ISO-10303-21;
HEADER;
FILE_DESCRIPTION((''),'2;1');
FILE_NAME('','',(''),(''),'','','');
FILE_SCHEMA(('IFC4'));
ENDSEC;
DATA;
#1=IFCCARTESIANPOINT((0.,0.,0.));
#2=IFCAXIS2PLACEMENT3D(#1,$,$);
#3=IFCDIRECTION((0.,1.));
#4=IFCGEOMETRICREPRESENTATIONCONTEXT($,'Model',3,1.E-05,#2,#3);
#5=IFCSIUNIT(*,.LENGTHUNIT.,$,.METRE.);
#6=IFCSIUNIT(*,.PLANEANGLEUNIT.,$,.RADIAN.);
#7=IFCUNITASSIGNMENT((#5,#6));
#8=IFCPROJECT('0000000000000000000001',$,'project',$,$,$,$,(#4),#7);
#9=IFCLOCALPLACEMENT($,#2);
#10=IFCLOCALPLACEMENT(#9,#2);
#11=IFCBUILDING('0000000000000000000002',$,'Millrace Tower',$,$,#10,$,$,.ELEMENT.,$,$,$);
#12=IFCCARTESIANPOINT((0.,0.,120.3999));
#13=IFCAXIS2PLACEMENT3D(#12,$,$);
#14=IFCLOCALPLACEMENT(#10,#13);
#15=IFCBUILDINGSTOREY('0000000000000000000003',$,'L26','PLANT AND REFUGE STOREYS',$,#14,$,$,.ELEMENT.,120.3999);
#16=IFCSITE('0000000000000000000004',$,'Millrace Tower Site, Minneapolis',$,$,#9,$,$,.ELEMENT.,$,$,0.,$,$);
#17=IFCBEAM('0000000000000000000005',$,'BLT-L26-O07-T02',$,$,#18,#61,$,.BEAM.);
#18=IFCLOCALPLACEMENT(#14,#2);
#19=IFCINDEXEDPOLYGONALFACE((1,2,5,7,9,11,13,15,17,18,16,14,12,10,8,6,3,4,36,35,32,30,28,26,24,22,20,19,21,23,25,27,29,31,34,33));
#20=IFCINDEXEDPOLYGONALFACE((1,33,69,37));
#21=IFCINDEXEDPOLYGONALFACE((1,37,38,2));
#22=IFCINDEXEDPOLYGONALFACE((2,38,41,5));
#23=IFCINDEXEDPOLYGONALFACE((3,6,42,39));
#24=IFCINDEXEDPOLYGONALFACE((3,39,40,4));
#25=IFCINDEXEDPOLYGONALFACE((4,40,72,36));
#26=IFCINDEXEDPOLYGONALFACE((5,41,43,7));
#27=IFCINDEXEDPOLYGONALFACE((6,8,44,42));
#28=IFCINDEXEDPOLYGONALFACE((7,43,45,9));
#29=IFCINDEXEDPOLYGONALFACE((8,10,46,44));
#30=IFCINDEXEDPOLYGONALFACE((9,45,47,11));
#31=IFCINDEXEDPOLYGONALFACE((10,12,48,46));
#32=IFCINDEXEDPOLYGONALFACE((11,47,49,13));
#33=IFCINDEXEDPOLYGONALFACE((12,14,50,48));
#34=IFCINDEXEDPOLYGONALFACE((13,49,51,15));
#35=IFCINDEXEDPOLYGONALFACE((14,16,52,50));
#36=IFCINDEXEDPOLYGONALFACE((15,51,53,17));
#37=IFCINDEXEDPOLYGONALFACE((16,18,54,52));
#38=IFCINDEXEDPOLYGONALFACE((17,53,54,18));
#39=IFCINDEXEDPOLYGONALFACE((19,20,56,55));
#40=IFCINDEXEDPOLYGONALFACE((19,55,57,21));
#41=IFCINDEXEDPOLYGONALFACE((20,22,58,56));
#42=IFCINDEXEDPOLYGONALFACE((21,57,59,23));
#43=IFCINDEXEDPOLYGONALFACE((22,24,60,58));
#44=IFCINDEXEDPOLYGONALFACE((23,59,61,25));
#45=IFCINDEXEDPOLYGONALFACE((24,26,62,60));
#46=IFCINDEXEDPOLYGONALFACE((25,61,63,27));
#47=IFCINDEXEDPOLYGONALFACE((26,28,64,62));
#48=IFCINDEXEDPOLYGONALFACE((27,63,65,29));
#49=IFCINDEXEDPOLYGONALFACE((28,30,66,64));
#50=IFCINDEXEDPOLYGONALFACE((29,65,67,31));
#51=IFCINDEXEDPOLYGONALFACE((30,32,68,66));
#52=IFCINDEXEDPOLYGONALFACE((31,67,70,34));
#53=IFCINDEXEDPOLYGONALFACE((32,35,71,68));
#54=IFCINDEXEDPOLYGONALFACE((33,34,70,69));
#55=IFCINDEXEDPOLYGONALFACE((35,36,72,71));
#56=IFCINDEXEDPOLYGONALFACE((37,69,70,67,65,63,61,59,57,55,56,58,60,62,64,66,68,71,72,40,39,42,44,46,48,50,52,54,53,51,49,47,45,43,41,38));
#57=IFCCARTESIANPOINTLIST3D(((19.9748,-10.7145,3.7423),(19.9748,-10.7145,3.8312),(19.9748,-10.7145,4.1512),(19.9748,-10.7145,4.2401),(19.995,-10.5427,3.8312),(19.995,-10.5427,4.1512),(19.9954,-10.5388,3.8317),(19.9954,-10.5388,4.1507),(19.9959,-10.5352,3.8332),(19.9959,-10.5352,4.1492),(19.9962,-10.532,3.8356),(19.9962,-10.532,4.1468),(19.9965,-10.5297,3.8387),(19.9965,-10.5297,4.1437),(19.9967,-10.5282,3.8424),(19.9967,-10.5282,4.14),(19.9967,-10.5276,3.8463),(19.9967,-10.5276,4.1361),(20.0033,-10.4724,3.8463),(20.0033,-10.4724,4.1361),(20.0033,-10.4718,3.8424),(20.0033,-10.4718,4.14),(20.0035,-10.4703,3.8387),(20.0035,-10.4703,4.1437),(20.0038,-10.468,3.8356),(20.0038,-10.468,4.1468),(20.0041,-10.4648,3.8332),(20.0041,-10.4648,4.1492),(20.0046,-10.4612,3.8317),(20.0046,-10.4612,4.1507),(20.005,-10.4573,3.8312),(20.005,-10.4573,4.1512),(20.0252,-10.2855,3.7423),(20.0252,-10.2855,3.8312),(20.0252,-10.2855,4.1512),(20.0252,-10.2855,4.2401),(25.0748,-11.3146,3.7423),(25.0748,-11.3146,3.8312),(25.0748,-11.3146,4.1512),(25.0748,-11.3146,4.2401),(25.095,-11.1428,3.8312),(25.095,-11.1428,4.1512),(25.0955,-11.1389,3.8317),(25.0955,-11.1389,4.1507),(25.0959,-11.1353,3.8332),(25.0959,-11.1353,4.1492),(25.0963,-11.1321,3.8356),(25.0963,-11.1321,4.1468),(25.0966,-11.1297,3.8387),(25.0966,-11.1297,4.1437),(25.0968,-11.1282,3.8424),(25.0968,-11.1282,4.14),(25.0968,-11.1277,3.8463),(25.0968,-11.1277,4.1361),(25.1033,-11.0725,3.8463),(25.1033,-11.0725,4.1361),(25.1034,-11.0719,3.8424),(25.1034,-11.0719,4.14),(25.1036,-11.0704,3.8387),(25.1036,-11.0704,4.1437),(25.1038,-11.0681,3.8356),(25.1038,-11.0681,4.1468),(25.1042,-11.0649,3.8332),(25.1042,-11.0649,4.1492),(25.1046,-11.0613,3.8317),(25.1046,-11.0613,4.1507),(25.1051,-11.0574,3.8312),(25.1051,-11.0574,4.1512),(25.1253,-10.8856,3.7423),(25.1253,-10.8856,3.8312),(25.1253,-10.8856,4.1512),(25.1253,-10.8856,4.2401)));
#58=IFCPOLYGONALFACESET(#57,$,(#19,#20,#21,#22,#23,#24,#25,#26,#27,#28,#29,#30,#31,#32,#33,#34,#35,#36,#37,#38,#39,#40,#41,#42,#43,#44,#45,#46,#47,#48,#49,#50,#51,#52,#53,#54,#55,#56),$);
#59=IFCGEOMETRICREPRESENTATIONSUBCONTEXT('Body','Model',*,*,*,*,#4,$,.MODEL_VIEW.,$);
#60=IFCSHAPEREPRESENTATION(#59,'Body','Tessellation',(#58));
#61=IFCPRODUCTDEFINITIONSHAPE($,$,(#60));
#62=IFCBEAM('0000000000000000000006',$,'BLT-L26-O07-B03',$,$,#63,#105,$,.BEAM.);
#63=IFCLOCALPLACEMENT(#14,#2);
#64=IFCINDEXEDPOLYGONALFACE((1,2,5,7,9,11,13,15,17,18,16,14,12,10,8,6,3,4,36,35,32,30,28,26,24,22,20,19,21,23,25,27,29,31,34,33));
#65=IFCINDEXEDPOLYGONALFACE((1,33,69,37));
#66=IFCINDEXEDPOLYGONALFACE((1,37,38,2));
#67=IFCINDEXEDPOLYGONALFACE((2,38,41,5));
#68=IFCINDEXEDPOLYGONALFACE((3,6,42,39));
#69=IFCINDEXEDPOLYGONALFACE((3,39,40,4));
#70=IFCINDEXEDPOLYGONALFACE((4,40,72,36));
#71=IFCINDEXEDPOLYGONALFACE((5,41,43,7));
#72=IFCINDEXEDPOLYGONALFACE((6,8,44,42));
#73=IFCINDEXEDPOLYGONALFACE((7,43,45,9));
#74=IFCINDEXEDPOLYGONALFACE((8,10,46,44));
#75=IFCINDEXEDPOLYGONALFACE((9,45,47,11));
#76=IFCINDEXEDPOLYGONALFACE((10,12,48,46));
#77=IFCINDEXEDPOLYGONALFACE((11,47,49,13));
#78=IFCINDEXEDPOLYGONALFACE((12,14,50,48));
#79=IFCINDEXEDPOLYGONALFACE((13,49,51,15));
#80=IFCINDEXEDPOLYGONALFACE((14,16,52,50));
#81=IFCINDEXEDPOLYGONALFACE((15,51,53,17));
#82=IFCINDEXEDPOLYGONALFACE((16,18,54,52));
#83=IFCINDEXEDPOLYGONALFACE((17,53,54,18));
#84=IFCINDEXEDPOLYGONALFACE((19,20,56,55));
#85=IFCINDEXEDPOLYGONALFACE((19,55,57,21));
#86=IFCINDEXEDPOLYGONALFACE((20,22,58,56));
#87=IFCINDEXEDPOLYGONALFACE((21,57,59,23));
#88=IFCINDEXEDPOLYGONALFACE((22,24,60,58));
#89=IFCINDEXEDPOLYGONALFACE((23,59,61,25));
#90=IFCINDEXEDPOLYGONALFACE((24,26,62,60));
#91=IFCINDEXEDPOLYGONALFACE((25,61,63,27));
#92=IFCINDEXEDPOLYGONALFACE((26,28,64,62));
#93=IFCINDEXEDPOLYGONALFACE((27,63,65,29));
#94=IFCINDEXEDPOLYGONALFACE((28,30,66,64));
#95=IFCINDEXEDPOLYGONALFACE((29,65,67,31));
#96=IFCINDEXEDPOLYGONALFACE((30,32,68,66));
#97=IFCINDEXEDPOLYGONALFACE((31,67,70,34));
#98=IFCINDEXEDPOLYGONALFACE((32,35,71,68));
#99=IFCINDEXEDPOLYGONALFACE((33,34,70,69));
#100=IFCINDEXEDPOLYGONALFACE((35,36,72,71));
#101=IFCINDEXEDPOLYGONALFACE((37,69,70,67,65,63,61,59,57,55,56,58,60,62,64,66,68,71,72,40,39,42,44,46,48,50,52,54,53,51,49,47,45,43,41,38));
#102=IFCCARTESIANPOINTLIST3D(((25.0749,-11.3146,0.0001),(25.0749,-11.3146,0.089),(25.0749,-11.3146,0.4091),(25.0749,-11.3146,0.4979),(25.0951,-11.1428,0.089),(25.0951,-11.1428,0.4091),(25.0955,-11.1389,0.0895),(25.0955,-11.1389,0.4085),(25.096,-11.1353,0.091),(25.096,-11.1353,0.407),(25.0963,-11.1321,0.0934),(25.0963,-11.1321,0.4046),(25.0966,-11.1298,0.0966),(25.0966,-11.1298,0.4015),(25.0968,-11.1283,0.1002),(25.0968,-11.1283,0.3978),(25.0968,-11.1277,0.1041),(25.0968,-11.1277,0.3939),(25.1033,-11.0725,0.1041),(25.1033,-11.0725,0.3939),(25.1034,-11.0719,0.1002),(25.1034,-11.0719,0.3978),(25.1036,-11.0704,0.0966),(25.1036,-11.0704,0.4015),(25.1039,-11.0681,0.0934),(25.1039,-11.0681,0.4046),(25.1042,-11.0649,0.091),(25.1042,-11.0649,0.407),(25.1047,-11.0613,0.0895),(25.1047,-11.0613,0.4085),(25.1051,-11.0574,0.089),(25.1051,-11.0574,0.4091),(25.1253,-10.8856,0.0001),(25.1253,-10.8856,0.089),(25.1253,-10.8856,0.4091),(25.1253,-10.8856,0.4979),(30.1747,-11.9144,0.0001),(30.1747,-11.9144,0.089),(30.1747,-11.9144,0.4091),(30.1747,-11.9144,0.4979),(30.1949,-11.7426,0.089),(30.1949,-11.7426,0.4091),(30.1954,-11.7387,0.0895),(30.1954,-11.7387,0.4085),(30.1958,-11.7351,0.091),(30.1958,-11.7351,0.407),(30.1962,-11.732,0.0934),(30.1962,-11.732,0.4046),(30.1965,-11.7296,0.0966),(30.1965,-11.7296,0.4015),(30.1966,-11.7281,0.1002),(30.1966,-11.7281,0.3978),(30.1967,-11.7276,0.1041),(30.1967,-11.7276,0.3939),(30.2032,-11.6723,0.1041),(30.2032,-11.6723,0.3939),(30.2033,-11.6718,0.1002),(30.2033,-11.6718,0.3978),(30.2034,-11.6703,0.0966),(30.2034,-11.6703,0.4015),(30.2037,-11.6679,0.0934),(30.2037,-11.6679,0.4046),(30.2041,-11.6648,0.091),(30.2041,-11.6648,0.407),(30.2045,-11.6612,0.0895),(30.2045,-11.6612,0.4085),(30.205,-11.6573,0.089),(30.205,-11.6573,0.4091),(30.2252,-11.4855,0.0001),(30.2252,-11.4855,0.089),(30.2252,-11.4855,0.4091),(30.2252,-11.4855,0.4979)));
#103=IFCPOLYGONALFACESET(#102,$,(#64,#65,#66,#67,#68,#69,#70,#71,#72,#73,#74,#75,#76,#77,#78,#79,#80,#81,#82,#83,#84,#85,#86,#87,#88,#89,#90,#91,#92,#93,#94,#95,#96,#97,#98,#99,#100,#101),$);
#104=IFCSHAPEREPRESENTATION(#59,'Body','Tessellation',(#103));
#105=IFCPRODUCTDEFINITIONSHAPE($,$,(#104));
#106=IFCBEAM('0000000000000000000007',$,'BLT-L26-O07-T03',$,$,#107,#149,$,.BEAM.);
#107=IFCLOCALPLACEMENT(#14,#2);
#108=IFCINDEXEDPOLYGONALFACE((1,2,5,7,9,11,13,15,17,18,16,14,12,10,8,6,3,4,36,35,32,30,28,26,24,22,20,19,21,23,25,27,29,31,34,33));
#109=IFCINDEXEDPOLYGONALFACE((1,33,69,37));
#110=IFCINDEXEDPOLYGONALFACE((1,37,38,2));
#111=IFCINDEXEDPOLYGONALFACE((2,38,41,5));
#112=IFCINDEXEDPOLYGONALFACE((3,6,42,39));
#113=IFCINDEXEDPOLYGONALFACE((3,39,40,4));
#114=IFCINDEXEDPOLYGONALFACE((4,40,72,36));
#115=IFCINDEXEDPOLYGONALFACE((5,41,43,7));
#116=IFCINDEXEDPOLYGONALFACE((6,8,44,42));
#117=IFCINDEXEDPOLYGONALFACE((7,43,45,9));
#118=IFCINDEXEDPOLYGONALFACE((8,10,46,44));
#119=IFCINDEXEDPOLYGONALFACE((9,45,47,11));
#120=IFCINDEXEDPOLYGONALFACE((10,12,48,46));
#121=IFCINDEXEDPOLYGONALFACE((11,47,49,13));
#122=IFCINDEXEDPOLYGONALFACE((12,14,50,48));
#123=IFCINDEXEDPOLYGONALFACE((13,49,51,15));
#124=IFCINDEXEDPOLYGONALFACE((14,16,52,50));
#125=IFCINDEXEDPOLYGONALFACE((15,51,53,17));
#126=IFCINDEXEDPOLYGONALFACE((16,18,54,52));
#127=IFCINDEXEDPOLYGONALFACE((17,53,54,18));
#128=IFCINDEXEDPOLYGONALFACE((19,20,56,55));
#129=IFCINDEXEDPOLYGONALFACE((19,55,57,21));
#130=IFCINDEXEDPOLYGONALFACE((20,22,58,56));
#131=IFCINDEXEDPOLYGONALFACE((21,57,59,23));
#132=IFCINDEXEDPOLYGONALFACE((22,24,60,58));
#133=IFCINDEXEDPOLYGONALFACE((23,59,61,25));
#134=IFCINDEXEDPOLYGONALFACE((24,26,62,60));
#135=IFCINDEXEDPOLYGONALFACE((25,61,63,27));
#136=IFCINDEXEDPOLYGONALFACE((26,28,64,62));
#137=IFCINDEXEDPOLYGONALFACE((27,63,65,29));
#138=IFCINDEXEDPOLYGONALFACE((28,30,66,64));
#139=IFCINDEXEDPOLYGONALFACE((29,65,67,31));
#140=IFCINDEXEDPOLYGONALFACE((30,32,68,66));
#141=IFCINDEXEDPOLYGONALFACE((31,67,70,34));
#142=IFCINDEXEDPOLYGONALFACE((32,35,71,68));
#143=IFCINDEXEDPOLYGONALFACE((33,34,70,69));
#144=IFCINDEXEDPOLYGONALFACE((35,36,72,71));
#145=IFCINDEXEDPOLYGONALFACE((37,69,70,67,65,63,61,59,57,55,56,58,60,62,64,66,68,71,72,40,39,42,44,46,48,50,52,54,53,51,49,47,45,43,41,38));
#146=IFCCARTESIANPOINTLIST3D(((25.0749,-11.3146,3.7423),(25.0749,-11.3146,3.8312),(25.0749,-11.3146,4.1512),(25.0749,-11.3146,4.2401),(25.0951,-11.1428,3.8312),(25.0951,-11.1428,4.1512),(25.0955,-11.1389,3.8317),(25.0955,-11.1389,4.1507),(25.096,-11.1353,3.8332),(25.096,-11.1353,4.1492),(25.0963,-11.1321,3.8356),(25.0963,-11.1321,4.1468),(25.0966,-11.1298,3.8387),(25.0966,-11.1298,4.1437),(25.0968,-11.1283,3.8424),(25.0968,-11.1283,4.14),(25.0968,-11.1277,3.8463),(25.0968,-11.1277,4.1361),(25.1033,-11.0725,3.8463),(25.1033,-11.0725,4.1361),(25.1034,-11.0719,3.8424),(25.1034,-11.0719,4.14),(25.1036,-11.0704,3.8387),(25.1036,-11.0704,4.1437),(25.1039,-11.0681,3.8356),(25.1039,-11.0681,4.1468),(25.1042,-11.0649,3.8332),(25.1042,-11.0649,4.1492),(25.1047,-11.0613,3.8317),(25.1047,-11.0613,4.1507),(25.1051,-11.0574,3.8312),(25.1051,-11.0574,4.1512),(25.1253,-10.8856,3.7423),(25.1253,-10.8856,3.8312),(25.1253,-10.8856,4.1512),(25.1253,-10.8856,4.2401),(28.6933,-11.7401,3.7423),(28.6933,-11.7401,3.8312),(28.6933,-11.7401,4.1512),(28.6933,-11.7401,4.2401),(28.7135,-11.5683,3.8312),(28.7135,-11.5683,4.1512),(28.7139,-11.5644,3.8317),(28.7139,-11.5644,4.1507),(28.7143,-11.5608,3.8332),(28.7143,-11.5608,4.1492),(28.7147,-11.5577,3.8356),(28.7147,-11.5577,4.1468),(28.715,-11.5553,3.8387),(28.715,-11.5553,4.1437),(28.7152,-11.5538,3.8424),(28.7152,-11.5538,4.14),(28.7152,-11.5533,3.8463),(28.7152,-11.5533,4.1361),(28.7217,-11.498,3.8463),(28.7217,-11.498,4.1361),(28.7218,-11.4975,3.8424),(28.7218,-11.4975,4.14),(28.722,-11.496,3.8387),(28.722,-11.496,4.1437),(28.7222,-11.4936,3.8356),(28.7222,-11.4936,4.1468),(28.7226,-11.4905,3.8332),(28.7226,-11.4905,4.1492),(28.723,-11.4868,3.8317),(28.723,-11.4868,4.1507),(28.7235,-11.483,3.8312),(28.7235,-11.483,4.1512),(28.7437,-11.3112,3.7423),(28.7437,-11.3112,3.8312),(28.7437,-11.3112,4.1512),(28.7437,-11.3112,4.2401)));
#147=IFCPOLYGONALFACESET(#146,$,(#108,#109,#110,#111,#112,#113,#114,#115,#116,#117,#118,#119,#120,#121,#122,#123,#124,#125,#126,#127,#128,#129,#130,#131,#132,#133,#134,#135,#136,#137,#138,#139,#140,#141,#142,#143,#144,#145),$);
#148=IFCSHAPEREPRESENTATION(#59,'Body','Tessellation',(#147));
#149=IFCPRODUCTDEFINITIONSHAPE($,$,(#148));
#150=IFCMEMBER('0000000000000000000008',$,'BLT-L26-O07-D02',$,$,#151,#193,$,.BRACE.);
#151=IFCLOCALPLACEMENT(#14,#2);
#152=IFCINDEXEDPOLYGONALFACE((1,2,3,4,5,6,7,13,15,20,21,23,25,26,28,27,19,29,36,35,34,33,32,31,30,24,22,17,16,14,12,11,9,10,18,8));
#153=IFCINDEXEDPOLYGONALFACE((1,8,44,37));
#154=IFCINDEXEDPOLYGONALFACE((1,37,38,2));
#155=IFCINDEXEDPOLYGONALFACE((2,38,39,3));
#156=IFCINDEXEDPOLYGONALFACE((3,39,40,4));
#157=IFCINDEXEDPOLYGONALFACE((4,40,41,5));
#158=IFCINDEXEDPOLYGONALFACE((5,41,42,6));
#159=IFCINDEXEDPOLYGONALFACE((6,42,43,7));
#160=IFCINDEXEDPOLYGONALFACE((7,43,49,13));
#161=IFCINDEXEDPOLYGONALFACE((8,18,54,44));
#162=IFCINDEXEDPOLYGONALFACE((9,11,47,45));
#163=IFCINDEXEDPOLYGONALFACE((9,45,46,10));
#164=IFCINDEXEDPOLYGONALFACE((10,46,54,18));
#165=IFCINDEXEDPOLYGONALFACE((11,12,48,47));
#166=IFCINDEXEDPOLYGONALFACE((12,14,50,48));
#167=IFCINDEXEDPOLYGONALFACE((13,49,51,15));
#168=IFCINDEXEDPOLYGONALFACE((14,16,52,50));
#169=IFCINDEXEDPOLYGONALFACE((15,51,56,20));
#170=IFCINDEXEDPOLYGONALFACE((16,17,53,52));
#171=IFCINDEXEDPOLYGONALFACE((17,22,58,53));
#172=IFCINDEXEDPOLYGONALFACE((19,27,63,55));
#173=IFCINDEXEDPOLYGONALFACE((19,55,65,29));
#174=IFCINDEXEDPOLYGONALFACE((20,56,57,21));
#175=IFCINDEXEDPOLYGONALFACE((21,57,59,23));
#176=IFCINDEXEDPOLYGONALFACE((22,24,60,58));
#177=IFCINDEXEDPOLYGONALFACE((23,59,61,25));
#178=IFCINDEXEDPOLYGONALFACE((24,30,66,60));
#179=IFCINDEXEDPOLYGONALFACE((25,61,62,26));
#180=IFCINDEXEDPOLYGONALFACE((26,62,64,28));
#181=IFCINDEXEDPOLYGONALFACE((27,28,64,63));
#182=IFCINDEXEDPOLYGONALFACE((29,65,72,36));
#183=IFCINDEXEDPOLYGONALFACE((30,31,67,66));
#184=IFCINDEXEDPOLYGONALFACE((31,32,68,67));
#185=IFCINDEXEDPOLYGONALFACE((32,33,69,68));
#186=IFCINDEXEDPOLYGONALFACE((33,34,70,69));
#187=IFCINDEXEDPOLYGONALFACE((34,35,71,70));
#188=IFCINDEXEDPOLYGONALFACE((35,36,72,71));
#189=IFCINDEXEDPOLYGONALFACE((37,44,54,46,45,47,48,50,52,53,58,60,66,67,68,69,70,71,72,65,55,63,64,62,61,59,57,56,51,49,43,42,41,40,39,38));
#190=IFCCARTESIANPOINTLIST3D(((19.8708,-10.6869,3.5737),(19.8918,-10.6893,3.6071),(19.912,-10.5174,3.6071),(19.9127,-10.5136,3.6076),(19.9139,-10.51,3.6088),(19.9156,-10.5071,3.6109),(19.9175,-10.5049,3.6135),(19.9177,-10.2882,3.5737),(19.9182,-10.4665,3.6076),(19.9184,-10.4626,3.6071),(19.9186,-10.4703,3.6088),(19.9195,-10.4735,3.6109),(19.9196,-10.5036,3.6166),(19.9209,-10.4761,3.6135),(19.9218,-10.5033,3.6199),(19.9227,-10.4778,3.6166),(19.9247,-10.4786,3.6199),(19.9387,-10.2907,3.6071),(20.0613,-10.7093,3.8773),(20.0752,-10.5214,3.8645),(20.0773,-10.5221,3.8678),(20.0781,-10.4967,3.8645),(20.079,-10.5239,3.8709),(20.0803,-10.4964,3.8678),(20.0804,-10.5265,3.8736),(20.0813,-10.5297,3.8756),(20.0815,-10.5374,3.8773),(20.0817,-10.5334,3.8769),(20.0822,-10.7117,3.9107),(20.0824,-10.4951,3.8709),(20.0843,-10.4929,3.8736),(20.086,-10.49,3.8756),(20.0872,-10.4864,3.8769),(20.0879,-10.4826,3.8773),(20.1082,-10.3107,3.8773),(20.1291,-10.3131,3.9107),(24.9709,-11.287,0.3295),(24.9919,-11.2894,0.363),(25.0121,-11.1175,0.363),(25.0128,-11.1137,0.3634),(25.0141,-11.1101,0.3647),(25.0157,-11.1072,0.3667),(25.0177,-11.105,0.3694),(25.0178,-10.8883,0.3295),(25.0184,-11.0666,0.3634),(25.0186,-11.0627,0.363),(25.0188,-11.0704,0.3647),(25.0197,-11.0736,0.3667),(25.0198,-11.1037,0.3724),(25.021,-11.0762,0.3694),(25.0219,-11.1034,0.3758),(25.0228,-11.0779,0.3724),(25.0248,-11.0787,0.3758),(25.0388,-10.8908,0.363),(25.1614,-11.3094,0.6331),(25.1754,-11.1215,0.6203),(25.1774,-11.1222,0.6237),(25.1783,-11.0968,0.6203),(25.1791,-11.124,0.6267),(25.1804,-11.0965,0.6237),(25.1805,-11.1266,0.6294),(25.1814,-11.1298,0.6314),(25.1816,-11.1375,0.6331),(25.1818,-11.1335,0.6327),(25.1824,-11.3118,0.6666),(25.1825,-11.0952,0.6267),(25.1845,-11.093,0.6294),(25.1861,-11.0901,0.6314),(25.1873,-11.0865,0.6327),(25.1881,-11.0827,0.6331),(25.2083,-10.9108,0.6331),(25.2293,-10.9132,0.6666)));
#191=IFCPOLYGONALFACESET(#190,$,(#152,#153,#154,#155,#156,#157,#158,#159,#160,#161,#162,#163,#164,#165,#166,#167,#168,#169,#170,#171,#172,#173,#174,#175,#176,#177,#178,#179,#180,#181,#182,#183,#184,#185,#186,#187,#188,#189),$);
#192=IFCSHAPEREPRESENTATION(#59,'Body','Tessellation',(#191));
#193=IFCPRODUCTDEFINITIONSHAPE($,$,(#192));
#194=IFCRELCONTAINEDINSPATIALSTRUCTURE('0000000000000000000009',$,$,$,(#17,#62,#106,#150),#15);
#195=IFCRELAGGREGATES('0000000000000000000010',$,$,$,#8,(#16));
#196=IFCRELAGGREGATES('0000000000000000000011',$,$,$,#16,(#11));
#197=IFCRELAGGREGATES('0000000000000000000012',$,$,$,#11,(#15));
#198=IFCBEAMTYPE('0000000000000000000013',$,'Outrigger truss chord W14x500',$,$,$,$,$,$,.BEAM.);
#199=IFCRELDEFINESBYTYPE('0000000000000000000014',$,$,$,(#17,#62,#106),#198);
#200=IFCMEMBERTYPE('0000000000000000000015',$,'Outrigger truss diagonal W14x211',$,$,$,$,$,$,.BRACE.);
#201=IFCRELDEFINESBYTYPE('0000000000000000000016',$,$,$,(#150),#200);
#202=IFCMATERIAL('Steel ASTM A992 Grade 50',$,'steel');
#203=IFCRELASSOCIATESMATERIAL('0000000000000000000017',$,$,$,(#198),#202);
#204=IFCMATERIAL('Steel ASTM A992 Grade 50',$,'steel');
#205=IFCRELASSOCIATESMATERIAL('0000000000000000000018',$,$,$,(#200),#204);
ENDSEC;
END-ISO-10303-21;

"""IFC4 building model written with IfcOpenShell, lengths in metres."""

from ifc_helpers import new_model, si_unit, direction, frame, origin, origin_2d, place, context, subcontext, project, spatial, i_section, extrude, material, material_profile, profile_set, type_object, element, save


model = new_model("IFC4")

# Units and contexts
model_context = context("Model", 3, precision=1e-05, world=origin(), true_north=direction((0.0, 1.0)))
body_context = subcontext(model_context, "Body", "Model", "MODEL_VIEW")
ifc_project = project(units=[si_unit("LENGTHUNIT", "METRE"), si_unit("PLANEANGLEUNIT", "RADIAN")], contexts=[model_context])

# Site, building, storey
site_placement = place(None, origin())
site = spatial("IfcSite", under=ifc_project, at=site_placement, Name="Millrace Tower Site, Minneapolis", CompositionType="ELEMENT", RefElevation=0.0)
building_placement = place(site_placement, origin())
building = spatial("IfcBuilding", under=site, at=building_placement, Name="Millrace Tower", CompositionType="ELEMENT")
storey_placement = place(building_placement, frame((0.0, 0.0, 120.3999)))
storey = spatial("IfcBuildingStorey", under=building, at=storey_placement, Name="L26", Description="PLANT AND REFUGE STOREYS", CompositionType="ELEMENT", Elevation=120.3999)

# Beams
ifc_material_1 = material(Name="Steel ASTM A992 Grade 50", Category="steel")
ifc_material_profile_1 = material_profile(ifc_material_1, i_section(OverallWidth=0.4319, OverallDepth=0.4978, WebThickness=0.0557, FlangeThickness=0.0889, FilletRadius=0.0151, at=origin_2d()))
ifc_profile_set_1 = profile_set([ifc_material_profile_1], Name="Steel ASTM A992 Grade 50")
beam_type_1 = type_object("IfcBeamType", Name="Outrigger truss chord W14x500", PredefinedType="BEAM", material=ifc_profile_set_1)
for number, where, z_axis, x_axis, name in (
    (1, (20.0, -10.5, 3.9912), (0.993149, -0.116858, 0.0), (0.116858, 0.993149, 0.0), "BLT-L26-O07-T02"),
):
    element("IfcBeam", number, at=place(storey_placement, frame(where, z_axis=z_axis, x_axis=x_axis)), inside=storey, type_object=beam_type_1, Name=name, PredefinedType="BEAM", context=body_context, shape_type="SweptSolid", body=[
        extrude(i_section(OverallWidth=0.4319, OverallDepth=0.4978, WebThickness=0.0557, FlangeThickness=0.0889, FilletRadius=0.0151, at=origin_2d()), origin(), (0.0, 0.0, 1.0), 5.1353),
    ])
beam_1_placement = place(storey_placement, frame((25.1001, -11.1001, 0.249), z_axis=(0.993154, -0.116816, 0.0), x_axis=(0.116816, 0.993154, 0.0)))
element("IfcBeam", 2, at=beam_1_placement, inside=storey, type_object=beam_type_1, Name="BLT-L26-O07-B03", PredefinedType="BEAM", context=body_context, shape_type="SweptSolid", body=[
    extrude(i_section(OverallWidth=0.4319, OverallDepth=0.4978, WebThickness=0.0557, FlangeThickness=0.0889, FilletRadius=0.0151, at=origin_2d()), origin(), (0.0, 0.0, 1.0), 5.135),
])
beam_2_placement = place(storey_placement, frame((25.1001, -11.1001, 3.9912), z_axis=(0.993156, -0.116798, 0.0), x_axis=(0.116798, 0.993156, 0.0)))
element("IfcBeam", 3, at=beam_2_placement, inside=storey, type_object=beam_type_1, Name="BLT-L26-O07-T03", PredefinedType="BEAM", context=body_context, shape_type="SweptSolid", body=[
    extrude(i_section(OverallWidth=0.4319, OverallDepth=0.4978, WebThickness=0.0557, FlangeThickness=0.0889, FilletRadius=0.0151, at=origin_2d()), origin(), (0.0, 0.0, 1.0), 3.6433),
])

# Member
ifc_material_2 = material(Name="Steel ASTM A992 Grade 50", Category="steel")
ifc_material_profile_2 = material_profile(ifc_material_2, i_section(OverallWidth=0.4014, OverallDepth=0.3987, WebThickness=0.0249, FlangeThickness=0.0396, FilletRadius=0.0151, at=origin_2d()))
ifc_profile_set_2 = profile_set([ifc_material_profile_2], Name="Steel ASTM A992 Grade 50")
member_type_1 = type_object("IfcMemberType", Name="Outrigger truss diagonal W14x211", PredefinedType="BRACE", material=ifc_profile_set_2)
member_1_placement = place(storey_placement, frame((25.1001, -11.1001, 0.498), z_axis=(-0.839637, 0.098795, 0.534088), x_axis=(-0.116858, -0.993149, 0.0)))
element("IfcMember", 4, at=member_1_placement, inside=storey, type_object=member_type_1, Name="BLT-L26-O07-D02", PredefinedType="BRACE", context=body_context, shape_type="SweptSolid", body=[
    extrude(i_section(OverallWidth=0.4014, OverallDepth=0.3987, WebThickness=0.0249, FlangeThickness=0.0396, FilletRadius=0.0151, at=origin_2d()), origin(), (0.0, 0.0, 1.0), 6.0742),
])

save(model, "model.ifc")
